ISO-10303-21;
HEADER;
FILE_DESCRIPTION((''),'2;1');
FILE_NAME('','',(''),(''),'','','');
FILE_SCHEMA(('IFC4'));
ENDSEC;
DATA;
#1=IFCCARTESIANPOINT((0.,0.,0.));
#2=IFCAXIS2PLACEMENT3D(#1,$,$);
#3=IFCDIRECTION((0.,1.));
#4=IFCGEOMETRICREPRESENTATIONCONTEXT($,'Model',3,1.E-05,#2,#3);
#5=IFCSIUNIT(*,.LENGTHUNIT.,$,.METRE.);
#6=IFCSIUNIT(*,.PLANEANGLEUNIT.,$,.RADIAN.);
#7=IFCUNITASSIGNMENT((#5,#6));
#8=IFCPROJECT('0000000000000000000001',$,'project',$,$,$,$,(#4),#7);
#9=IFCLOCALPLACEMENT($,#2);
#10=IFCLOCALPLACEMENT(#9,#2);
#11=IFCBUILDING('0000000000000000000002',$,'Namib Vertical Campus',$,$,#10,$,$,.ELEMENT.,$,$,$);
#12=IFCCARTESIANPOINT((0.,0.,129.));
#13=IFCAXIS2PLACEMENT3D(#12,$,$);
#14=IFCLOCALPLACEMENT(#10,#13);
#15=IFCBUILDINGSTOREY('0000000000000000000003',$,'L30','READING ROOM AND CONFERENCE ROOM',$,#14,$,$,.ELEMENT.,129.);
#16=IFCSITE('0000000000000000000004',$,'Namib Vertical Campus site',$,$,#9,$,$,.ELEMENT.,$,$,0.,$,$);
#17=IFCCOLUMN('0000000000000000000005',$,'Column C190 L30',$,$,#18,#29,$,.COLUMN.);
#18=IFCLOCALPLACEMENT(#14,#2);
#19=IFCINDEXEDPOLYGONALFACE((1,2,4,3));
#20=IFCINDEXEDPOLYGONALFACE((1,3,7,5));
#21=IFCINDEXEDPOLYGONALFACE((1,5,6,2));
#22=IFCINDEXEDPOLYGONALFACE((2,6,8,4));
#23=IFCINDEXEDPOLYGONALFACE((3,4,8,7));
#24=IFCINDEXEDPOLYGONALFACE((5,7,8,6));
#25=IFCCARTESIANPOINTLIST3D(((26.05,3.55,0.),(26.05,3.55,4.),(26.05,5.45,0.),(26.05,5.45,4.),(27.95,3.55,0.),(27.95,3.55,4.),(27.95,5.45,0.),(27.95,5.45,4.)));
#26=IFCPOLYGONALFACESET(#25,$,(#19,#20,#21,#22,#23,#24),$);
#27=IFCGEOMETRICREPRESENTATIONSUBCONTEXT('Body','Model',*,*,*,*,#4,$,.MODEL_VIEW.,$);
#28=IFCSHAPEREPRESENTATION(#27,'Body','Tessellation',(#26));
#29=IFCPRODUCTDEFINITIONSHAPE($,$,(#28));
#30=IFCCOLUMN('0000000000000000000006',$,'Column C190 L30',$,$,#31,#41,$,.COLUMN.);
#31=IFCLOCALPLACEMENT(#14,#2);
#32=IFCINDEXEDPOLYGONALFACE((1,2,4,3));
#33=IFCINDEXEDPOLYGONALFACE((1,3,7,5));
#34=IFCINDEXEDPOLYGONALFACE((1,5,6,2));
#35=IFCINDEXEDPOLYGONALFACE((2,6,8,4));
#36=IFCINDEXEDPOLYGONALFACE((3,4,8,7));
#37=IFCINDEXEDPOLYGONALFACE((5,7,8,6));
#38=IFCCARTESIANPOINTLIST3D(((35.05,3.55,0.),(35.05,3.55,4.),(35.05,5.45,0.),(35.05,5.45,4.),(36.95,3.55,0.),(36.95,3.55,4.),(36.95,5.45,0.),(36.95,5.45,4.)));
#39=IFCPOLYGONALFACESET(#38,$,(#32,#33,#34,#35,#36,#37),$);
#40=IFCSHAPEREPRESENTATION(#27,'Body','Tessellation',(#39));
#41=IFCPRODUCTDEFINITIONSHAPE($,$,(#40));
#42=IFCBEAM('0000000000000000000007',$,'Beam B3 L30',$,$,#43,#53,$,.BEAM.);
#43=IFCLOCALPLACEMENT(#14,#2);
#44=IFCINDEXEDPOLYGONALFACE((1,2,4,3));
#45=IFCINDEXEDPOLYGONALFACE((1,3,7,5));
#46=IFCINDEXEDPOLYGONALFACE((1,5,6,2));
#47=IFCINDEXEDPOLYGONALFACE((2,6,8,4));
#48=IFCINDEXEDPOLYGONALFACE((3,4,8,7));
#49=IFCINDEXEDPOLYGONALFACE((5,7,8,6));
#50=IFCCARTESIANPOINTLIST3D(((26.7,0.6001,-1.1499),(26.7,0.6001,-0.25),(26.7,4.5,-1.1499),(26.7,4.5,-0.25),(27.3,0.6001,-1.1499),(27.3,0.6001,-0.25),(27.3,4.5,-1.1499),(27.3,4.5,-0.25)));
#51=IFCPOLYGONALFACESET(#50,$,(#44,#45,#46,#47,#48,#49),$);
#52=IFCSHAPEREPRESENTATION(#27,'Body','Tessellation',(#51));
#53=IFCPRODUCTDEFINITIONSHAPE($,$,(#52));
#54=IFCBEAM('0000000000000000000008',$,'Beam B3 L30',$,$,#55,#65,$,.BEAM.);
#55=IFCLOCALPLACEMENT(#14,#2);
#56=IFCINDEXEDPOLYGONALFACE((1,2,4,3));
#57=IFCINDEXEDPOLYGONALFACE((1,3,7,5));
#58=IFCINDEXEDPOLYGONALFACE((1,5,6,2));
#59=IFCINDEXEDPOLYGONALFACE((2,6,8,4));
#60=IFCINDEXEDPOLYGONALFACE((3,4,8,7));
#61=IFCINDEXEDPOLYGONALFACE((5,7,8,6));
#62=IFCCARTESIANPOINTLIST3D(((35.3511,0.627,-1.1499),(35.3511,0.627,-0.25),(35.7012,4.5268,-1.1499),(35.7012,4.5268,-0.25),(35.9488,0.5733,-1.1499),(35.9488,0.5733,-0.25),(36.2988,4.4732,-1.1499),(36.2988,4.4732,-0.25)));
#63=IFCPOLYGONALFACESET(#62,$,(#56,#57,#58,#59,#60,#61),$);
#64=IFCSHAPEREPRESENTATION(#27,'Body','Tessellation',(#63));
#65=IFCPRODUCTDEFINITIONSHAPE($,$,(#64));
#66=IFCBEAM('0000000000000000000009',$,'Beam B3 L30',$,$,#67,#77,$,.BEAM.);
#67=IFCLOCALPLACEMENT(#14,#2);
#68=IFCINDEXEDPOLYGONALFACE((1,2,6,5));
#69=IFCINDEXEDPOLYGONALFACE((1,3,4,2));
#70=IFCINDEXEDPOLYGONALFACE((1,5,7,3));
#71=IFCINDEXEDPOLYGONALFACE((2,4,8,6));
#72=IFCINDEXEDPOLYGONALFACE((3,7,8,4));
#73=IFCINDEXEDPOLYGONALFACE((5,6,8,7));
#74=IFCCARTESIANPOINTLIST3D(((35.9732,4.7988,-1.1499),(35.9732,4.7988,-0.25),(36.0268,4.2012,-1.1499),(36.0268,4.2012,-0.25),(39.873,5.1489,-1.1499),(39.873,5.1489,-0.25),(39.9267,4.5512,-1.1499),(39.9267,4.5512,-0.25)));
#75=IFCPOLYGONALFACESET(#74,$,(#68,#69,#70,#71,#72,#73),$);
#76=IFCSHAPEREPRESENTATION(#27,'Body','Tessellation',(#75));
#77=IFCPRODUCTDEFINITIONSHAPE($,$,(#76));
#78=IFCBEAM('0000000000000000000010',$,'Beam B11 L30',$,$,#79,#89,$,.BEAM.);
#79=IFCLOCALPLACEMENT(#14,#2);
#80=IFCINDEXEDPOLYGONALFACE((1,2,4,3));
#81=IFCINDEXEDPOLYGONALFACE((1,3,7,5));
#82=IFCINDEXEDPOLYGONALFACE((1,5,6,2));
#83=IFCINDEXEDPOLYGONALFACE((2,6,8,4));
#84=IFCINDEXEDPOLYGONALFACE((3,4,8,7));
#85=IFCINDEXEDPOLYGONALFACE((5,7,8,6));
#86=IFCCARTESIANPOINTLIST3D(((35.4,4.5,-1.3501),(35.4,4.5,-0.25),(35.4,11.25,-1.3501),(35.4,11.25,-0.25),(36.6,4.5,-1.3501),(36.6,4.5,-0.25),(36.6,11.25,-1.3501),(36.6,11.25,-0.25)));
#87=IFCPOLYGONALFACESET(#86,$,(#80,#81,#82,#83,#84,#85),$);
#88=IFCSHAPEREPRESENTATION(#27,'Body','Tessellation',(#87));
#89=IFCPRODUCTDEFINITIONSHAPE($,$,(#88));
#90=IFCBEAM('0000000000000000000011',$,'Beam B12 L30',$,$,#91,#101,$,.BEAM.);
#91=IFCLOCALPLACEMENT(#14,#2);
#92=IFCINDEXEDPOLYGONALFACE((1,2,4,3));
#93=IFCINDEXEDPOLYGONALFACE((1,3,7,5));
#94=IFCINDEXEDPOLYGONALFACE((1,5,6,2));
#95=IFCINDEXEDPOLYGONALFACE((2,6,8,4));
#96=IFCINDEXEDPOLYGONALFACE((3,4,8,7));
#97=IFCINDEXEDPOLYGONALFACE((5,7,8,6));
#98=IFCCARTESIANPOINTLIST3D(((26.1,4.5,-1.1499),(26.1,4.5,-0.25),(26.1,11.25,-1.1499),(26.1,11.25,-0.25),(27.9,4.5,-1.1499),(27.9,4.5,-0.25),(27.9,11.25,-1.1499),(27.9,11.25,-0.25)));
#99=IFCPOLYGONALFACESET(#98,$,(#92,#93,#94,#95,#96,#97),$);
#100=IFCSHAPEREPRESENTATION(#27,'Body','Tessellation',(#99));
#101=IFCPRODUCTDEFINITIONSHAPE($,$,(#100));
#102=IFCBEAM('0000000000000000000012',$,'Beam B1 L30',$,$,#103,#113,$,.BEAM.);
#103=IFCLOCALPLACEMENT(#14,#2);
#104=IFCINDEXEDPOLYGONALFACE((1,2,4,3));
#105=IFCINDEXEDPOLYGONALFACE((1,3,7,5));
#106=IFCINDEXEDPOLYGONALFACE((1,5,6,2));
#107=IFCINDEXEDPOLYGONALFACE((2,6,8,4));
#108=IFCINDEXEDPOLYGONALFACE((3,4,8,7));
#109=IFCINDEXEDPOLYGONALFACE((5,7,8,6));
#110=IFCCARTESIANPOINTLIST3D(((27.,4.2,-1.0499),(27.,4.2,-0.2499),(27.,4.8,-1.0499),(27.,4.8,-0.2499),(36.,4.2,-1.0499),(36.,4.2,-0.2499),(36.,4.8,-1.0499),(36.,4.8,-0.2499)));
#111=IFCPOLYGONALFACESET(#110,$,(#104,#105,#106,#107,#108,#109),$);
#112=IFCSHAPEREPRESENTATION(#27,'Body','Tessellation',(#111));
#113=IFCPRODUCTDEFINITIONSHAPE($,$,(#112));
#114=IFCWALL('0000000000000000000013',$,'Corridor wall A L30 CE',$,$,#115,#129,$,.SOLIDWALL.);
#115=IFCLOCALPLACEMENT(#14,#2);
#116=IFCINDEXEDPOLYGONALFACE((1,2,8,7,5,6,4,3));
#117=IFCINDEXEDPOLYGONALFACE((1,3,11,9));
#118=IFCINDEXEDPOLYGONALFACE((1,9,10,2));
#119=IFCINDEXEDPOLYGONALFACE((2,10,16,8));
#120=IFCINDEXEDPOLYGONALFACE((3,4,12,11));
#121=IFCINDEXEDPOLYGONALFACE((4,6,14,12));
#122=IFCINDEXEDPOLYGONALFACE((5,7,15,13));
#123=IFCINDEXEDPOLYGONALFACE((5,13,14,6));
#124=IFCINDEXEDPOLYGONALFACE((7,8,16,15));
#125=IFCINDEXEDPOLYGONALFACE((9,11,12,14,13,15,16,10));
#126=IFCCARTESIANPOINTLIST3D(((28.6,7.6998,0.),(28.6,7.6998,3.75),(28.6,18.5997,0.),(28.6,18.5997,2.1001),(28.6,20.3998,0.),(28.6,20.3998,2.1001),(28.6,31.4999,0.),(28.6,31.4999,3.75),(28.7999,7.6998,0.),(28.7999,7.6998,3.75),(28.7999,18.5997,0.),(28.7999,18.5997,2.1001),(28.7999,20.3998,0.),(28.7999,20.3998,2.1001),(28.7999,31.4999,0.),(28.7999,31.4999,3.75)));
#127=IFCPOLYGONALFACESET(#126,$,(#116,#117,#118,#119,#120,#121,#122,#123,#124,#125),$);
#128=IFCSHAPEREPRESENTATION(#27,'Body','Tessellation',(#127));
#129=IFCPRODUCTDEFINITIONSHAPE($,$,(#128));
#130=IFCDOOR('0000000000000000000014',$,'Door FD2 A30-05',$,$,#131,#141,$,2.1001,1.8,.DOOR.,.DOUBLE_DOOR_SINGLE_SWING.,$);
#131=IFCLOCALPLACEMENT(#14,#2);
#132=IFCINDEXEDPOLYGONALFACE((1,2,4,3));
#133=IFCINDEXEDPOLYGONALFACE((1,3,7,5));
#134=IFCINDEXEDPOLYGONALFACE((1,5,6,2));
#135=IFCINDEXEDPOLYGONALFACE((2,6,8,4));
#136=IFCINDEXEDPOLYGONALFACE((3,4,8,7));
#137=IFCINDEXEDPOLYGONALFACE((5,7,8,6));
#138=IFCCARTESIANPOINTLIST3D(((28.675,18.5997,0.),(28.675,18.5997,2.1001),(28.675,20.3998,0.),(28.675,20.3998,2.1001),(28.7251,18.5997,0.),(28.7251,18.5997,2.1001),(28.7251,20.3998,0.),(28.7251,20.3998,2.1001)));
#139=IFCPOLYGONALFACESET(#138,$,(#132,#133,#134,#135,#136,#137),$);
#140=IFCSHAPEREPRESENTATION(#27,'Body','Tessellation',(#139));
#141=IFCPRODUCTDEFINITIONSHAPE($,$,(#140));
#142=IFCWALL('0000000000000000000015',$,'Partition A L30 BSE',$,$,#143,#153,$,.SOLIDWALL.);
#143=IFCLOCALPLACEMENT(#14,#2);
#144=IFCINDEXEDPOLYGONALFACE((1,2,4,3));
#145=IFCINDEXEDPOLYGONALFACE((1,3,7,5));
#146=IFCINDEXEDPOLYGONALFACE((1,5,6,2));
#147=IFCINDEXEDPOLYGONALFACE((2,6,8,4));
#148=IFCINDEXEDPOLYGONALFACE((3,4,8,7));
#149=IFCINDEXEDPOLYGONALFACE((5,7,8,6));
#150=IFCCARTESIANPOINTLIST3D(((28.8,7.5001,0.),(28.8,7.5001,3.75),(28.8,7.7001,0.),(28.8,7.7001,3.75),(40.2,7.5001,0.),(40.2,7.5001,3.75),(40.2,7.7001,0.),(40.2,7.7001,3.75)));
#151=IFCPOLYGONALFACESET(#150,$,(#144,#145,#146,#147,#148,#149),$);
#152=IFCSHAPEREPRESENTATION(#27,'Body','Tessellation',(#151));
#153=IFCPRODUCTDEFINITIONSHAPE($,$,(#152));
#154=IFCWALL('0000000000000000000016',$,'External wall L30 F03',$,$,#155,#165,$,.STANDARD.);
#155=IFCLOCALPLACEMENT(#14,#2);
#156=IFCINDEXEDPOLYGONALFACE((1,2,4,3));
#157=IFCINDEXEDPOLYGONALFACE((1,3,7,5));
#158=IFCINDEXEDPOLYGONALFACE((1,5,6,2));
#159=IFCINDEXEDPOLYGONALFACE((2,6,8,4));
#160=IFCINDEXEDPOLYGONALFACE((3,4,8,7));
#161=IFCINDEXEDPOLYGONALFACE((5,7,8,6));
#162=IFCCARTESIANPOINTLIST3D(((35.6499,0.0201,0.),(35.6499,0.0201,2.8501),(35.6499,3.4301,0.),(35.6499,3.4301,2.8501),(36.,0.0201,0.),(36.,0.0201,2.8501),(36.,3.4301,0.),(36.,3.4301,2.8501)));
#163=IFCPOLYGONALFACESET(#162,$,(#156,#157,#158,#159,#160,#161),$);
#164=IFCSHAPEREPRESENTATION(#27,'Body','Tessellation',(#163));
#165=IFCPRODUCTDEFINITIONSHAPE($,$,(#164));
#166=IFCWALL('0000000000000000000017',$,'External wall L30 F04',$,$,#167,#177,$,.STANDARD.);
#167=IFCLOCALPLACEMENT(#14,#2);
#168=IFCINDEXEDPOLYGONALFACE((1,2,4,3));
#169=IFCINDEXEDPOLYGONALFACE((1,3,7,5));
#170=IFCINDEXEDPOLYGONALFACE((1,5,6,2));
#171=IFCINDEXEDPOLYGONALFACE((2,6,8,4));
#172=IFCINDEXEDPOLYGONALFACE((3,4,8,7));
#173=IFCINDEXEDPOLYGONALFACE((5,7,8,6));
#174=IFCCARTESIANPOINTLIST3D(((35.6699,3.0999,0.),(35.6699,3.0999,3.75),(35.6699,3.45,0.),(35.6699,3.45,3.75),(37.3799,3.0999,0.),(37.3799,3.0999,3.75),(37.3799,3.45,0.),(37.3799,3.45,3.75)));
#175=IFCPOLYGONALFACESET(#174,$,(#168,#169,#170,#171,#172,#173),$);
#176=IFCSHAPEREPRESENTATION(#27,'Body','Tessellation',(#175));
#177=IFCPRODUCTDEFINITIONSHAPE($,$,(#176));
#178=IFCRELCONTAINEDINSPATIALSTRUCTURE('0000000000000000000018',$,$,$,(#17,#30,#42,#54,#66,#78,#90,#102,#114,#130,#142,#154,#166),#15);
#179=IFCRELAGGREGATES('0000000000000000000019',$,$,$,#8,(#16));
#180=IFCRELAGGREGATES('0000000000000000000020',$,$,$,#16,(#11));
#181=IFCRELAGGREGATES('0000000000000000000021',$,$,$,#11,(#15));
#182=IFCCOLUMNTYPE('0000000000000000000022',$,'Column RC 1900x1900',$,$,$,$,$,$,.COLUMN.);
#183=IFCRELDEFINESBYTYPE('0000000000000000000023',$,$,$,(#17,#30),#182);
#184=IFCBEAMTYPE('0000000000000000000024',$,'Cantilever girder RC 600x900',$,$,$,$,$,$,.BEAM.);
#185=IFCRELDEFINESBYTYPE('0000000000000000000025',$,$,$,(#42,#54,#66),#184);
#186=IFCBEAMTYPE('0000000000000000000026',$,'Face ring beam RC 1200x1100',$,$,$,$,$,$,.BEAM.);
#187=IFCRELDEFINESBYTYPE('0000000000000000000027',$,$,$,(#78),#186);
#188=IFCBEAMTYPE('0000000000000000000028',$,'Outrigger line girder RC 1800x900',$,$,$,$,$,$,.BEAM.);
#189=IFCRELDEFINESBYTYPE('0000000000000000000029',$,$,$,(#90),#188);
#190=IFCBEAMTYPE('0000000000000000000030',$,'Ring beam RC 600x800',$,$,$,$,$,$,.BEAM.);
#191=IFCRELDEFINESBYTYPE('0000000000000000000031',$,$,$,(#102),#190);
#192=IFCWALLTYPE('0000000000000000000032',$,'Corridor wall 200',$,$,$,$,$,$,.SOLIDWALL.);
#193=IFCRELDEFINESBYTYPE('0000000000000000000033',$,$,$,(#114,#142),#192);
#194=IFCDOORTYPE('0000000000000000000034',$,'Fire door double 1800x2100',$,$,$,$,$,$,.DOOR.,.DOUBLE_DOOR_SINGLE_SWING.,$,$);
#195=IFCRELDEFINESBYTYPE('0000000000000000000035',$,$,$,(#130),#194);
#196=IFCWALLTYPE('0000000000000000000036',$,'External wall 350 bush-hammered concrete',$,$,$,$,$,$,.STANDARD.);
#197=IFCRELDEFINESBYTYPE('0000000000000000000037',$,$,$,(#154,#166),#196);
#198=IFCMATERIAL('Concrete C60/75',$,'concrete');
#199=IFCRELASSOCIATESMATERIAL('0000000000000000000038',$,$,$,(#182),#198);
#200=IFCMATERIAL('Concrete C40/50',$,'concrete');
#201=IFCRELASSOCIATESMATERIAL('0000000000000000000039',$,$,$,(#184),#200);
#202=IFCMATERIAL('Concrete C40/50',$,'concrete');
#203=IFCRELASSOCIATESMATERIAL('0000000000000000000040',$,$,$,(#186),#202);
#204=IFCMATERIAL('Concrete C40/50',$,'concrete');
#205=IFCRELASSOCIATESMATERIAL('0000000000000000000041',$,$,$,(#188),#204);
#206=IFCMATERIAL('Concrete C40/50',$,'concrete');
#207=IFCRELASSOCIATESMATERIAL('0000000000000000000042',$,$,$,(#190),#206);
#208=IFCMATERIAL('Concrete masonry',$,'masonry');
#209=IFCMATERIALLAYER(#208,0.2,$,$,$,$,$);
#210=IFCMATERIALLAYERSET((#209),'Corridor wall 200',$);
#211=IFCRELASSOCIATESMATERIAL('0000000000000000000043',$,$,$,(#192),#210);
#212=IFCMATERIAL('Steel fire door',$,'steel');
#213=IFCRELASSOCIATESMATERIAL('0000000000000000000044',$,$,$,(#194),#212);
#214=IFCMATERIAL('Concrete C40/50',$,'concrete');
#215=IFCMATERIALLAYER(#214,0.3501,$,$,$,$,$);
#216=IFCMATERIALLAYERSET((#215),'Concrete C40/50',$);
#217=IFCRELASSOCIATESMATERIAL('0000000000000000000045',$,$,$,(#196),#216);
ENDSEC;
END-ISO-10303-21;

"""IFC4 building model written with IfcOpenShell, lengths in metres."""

from ifc_helpers import new_model, si_unit, direction, frame, frame_2d, origin, origin_2d, place, context, subcontext, project, spatial, rectangle, extrude, material, layer, layer_set, material_profile, profile_set, type_object, element, fill, save


model = new_model("IFC4")

# Units and contexts
model_context = context("Model", 3, precision=1e-05, world=origin(), true_north=direction((0.0, 1.0)))
body_context = subcontext(model_context, "Body", "Model", "MODEL_VIEW")
ifc_project = project(units=[si_unit("LENGTHUNIT", "METRE"), si_unit("PLANEANGLEUNIT", "RADIAN")], contexts=[model_context])

# Site, building, storey
site_placement = place(None, origin())
site = spatial("IfcSite", under=ifc_project, at=site_placement, Name="Namib Vertical Campus site", CompositionType="ELEMENT", RefElevation=0.0)
building_placement = place(site_placement, origin())
building = spatial("IfcBuilding", under=site, at=building_placement, Name="Namib Vertical Campus", CompositionType="ELEMENT")
storey_placement = place(building_placement, frame((0.0, 0.0, 129.0)))
storey = spatial("IfcBuildingStorey", under=building, at=storey_placement, Name="L30", Description="READING ROOM AND CONFERENCE ROOM", CompositionType="ELEMENT", Elevation=129.0)

# Columns
ifc_material_1 = material(Name="Concrete C60/75", Category="concrete")
ifc_material_profile_1 = material_profile(ifc_material_1, rectangle(XDim=1.8999, YDim=1.8999, at=origin_2d()))
ifc_profile_set_1 = profile_set([ifc_material_profile_1], Name="Concrete C60/75")
column_type = type_object("IfcColumnType", Name="Column RC 1900x1900", PredefinedType="COLUMN", material=ifc_profile_set_1)
for number, where, z_axis, x_axis, name in (
    (1, (27.0, 4.5, 0.0), (0.0, 0.0, 1.0), (1.0, 0.0, 0.0), "Column C190 L30"),
    (2, (36.0, 4.5, 0.0), (0.0, 0.0, 1.0), (1.0, 0.0, 0.0), "Column C190 L30"),
):
    element("IfcColumn", number, at=place(storey_placement, frame(where, z_axis=z_axis, x_axis=x_axis)), inside=storey, type_object=column_type, Name=name, PredefinedType="COLUMN", context=body_context, shape_type="SweptSolid", body=[
        extrude(rectangle(XDim=1.8999, YDim=1.8999, at=origin_2d()), origin(), (0.0, 0.0, 1.0), 4.0),
    ])

# Beams
ifc_material_2 = material(Name="Concrete C40/50", Category="concrete")
ifc_material_profile_2 = material_profile(ifc_material_2, rectangle(XDim=0.6001, YDim=0.8999, at=origin_2d()))
ifc_profile_set_2 = profile_set([ifc_material_profile_2], Name="Concrete C40/50")
beam_type_1 = type_object("IfcBeamType", Name="Cantilever girder RC 600x900", PredefinedType="BEAM", material=ifc_profile_set_2)
beam_1_placement = place(storey_placement, frame((27.0, 4.5, -0.7), z_axis=(0.0, -1.0, 0.0), x_axis=(1.0, 0.0, 0.0)))
element("IfcBeam", 3, at=beam_1_placement, inside=storey, type_object=beam_type_1, Name="Beam B3 L30", PredefinedType="BEAM", context=body_context, shape_type="SweptSolid", body=[
    extrude(rectangle(XDim=0.6001, YDim=0.8999, at=origin_2d()), origin(), (0.0, 0.0, 1.0), 3.8999),
])
for number, where, z_axis, x_axis, name in (
    (4, (36.0, 4.5, -0.7), (-0.089411, -0.995995, 0.0), (0.995995, -0.089411, 0.0), "Beam B3 L30"),
    (5, (36.0, 4.5, -0.7), (0.995995, 0.089411, 0.0), (-0.089411, 0.995995, 0.0), "Beam B3 L30"),
):
    element("IfcBeam", number, at=place(storey_placement, frame(where, z_axis=z_axis, x_axis=x_axis)), inside=storey, type_object=beam_type_1, Name=name, PredefinedType="BEAM", context=body_context, shape_type="SweptSolid", body=[
        extrude(rectangle(XDim=0.6001, YDim=0.8999, at=origin_2d()), origin(), (0.0, 0.0, 1.0), 3.9155),
    ])
ifc_material_3 = material(Name="Concrete C40/50", Category="concrete")
ifc_material_profile_3 = material_profile(ifc_material_3, rectangle(XDim=1.2, YDim=1.1001, at=origin_2d()))
ifc_profile_set_3 = profile_set([ifc_material_profile_3], Name="Concrete C40/50")
beam_type_2 = type_object("IfcBeamType", Name="Face ring beam RC 1200x1100", PredefinedType="BEAM", material=ifc_profile_set_3)
beam_2_placement = place(storey_placement, frame((36.0, 4.5, -0.8), z_axis=(0.0, 1.0, 0.0), x_axis=(-1.0, 0.0, 0.0)))
element("IfcBeam", 6, at=beam_2_placement, inside=storey, type_object=beam_type_2, Name="Beam B11 L30", PredefinedType="BEAM", context=body_context, shape_type="SweptSolid", body=[
    extrude(rectangle(XDim=1.2, YDim=1.1001, at=origin_2d()), origin(), (0.0, 0.0, 1.0), 6.75),
])
ifc_material_4 = material(Name="Concrete C40/50", Category="concrete")
ifc_material_profile_4 = material_profile(ifc_material_4, rectangle(XDim=1.8, YDim=0.8999, at=origin_2d()))
ifc_profile_set_4 = profile_set([ifc_material_profile_4], Name="Concrete C40/50")
beam_type_3 = type_object("IfcBeamType", Name="Outrigger line girder RC 1800x900", PredefinedType="BEAM", material=ifc_profile_set_4)
beam_3_placement = place(storey_placement, frame((27.0, 4.5, -0.7), z_axis=(0.0, 1.0, 0.0), x_axis=(-1.0, 0.0, 0.0)))
element("IfcBeam", 7, at=beam_3_placement, inside=storey, type_object=beam_type_3, Name="Beam B12 L30", PredefinedType="BEAM", context=body_context, shape_type="SweptSolid", body=[
    extrude(rectangle(XDim=1.8, YDim=0.8999, at=origin_2d()), origin(), (0.0, 0.0, 1.0), 6.75),
])
ifc_material_5 = material(Name="Concrete C40/50", Category="concrete")
ifc_material_profile_5 = material_profile(ifc_material_5, rectangle(XDim=0.6001, YDim=0.8, at=origin_2d()))
ifc_profile_set_5 = profile_set([ifc_material_profile_5], Name="Concrete C40/50")
beam_type_4 = type_object("IfcBeamType", Name="Ring beam RC 600x800", PredefinedType="BEAM", material=ifc_profile_set_5)
beam_4_placement = place(storey_placement, frame((27.0, 4.5, -0.6499), z_axis=(1.0, 0.0, 0.0), x_axis=(0.0, 1.0, 0.0)))
element("IfcBeam", 8, at=beam_4_placement, inside=storey, type_object=beam_type_4, Name="Beam B1 L30", PredefinedType="BEAM", context=body_context, shape_type="SweptSolid", body=[
    extrude(rectangle(XDim=0.6001, YDim=0.8, at=origin_2d()), origin(), (0.0, 0.0, 1.0), 9.0),
])

# Wall, opening, door
ifc_material_6 = material(Name="Concrete masonry", Category="masonry")
ifc_layer_1 = layer(ifc_material_6, 0.2)
ifc_layer_set_1 = layer_set([ifc_layer_1], Name="Corridor wall 200")
wall_type_1 = type_object("IfcWallType", Name="Corridor wall 200", PredefinedType="SOLIDWALL", material=ifc_layer_set_1)
wall_1_placement = place(storey_placement, frame((28.7, 7.7, 0.0), z_axis=(0.0, 0.0, 1.0), x_axis=(0.0, 1.0, 0.0)))
wall_1 = element("IfcWall", 9, at=wall_1_placement, inside=storey, type_object=wall_type_1, Name="Corridor wall A L30 CE", PredefinedType="SOLIDWALL", context=body_context, shape_type="SweptSolid", body=[
    extrude(rectangle(XDim=23.8, YDim=0.2, at=frame_2d((11.8999, 0.0))), origin(), (0.0, 0.0, 1.0), 3.75),
])
opening_placement = place(wall_1_placement, frame((10.8999, 0.0, 0.0)))
opening = element("IfcOpeningElement", 10, at=opening_placement, cuts=wall_1, PredefinedType="OPENING", context=body_context, shape_type="SweptSolid", body=[
    extrude(rectangle(XDim=1.8, YDim=2.1001, at=frame_2d((0.8999, 1.05))), frame((0.0, 0.1099, 0.0), z_axis=(0.0, -1.0, 0.0), x_axis=(1.0, 0.0, 0.0)), (0.0, 0.0, 1.0), 0.22),
])
ifc_material_7 = material(Name="Steel fire door", Category="steel")
door_type = type_object("IfcDoorType", Name="Fire door double 1800x2100", OperationType="DOUBLE_DOOR_SINGLE_SWING", PredefinedType="DOOR", material=ifc_material_7)
door_placement = place(opening_placement, origin())
door = element("IfcDoor", 11, at=door_placement, inside=storey, type_object=door_type, Name="Door FD2 A30-05", OperationType="DOUBLE_DOOR_SINGLE_SWING", OverallHeight=2.1001, OverallWidth=1.8, PredefinedType="DOOR", context=body_context, shape_type="SweptSolid", body=[
    extrude(rectangle(XDim=1.8, YDim=2.1001, at=frame_2d((0.8999, 1.05))), frame((0.0, 0.0249, 0.0), z_axis=(0.0, -1.0, 0.0), x_axis=(1.0, 0.0, 0.0)), (0.0, 0.0, 1.0), 0.05),
])
fill(opening, door)

# Walls
wall_2_placement = place(storey_placement, frame((28.8, 7.6001, 0.0), z_axis=(0.0, 0.0, 1.0), x_axis=(1.0, 0.0, 0.0)))
element("IfcWall", 12, at=wall_2_placement, inside=storey, type_object=wall_type_1, Name="Partition A L30 BSE", PredefinedType="SOLIDWALL", context=body_context, shape_type="SweptSolid", body=[
    extrude(rectangle(XDim=11.3999, YDim=0.2, at=frame_2d((5.7, 0.0))), origin(), (0.0, 0.0, 1.0), 3.75),
])
ifc_material_8 = material(Name="Concrete C40/50", Category="concrete")
ifc_layer_2 = layer(ifc_material_8, 0.3501)
ifc_layer_set_2 = layer_set([ifc_layer_2], Name="Concrete C40/50")
wall_type_2 = type_object("IfcWallType", Name="External wall 350 bush-hammered concrete", PredefinedType="STANDARD", material=ifc_layer_set_2)
wall_3_placement = place(storey_placement, frame((35.825, 0.02, 0.0), z_axis=(0.0, 0.0, 1.0), x_axis=(0.0, 1.0, 0.0)))
element("IfcWall", 13, at=wall_3_placement, inside=storey, type_object=wall_type_2, Name="External wall L30 F03", PredefinedType="STANDARD", context=body_context, shape_type="SweptSolid", body=[
    extrude(rectangle(XDim=3.4099, YDim=0.3501, at=frame_2d((1.7051, 0.0))), origin(), (0.0, 0.0, 1.0), 2.8501),
])
wall_4_placement = place(storey_placement, frame((35.6699, 3.2749, 0.0), z_axis=(0.0, 0.0, 1.0), x_axis=(1.0, 0.0, 0.0)))
element("IfcWall", 14, at=wall_4_placement, inside=storey, type_object=wall_type_2, Name="External wall L30 F04", PredefinedType="STANDARD", context=body_context, shape_type="SweptSolid", body=[
    extrude(rectangle(XDim=1.71, YDim=0.3501, at=frame_2d((0.855, 0.0))), origin(), (0.0, 0.0, 1.0), 3.75),
])

save(model, "model.ifc")
